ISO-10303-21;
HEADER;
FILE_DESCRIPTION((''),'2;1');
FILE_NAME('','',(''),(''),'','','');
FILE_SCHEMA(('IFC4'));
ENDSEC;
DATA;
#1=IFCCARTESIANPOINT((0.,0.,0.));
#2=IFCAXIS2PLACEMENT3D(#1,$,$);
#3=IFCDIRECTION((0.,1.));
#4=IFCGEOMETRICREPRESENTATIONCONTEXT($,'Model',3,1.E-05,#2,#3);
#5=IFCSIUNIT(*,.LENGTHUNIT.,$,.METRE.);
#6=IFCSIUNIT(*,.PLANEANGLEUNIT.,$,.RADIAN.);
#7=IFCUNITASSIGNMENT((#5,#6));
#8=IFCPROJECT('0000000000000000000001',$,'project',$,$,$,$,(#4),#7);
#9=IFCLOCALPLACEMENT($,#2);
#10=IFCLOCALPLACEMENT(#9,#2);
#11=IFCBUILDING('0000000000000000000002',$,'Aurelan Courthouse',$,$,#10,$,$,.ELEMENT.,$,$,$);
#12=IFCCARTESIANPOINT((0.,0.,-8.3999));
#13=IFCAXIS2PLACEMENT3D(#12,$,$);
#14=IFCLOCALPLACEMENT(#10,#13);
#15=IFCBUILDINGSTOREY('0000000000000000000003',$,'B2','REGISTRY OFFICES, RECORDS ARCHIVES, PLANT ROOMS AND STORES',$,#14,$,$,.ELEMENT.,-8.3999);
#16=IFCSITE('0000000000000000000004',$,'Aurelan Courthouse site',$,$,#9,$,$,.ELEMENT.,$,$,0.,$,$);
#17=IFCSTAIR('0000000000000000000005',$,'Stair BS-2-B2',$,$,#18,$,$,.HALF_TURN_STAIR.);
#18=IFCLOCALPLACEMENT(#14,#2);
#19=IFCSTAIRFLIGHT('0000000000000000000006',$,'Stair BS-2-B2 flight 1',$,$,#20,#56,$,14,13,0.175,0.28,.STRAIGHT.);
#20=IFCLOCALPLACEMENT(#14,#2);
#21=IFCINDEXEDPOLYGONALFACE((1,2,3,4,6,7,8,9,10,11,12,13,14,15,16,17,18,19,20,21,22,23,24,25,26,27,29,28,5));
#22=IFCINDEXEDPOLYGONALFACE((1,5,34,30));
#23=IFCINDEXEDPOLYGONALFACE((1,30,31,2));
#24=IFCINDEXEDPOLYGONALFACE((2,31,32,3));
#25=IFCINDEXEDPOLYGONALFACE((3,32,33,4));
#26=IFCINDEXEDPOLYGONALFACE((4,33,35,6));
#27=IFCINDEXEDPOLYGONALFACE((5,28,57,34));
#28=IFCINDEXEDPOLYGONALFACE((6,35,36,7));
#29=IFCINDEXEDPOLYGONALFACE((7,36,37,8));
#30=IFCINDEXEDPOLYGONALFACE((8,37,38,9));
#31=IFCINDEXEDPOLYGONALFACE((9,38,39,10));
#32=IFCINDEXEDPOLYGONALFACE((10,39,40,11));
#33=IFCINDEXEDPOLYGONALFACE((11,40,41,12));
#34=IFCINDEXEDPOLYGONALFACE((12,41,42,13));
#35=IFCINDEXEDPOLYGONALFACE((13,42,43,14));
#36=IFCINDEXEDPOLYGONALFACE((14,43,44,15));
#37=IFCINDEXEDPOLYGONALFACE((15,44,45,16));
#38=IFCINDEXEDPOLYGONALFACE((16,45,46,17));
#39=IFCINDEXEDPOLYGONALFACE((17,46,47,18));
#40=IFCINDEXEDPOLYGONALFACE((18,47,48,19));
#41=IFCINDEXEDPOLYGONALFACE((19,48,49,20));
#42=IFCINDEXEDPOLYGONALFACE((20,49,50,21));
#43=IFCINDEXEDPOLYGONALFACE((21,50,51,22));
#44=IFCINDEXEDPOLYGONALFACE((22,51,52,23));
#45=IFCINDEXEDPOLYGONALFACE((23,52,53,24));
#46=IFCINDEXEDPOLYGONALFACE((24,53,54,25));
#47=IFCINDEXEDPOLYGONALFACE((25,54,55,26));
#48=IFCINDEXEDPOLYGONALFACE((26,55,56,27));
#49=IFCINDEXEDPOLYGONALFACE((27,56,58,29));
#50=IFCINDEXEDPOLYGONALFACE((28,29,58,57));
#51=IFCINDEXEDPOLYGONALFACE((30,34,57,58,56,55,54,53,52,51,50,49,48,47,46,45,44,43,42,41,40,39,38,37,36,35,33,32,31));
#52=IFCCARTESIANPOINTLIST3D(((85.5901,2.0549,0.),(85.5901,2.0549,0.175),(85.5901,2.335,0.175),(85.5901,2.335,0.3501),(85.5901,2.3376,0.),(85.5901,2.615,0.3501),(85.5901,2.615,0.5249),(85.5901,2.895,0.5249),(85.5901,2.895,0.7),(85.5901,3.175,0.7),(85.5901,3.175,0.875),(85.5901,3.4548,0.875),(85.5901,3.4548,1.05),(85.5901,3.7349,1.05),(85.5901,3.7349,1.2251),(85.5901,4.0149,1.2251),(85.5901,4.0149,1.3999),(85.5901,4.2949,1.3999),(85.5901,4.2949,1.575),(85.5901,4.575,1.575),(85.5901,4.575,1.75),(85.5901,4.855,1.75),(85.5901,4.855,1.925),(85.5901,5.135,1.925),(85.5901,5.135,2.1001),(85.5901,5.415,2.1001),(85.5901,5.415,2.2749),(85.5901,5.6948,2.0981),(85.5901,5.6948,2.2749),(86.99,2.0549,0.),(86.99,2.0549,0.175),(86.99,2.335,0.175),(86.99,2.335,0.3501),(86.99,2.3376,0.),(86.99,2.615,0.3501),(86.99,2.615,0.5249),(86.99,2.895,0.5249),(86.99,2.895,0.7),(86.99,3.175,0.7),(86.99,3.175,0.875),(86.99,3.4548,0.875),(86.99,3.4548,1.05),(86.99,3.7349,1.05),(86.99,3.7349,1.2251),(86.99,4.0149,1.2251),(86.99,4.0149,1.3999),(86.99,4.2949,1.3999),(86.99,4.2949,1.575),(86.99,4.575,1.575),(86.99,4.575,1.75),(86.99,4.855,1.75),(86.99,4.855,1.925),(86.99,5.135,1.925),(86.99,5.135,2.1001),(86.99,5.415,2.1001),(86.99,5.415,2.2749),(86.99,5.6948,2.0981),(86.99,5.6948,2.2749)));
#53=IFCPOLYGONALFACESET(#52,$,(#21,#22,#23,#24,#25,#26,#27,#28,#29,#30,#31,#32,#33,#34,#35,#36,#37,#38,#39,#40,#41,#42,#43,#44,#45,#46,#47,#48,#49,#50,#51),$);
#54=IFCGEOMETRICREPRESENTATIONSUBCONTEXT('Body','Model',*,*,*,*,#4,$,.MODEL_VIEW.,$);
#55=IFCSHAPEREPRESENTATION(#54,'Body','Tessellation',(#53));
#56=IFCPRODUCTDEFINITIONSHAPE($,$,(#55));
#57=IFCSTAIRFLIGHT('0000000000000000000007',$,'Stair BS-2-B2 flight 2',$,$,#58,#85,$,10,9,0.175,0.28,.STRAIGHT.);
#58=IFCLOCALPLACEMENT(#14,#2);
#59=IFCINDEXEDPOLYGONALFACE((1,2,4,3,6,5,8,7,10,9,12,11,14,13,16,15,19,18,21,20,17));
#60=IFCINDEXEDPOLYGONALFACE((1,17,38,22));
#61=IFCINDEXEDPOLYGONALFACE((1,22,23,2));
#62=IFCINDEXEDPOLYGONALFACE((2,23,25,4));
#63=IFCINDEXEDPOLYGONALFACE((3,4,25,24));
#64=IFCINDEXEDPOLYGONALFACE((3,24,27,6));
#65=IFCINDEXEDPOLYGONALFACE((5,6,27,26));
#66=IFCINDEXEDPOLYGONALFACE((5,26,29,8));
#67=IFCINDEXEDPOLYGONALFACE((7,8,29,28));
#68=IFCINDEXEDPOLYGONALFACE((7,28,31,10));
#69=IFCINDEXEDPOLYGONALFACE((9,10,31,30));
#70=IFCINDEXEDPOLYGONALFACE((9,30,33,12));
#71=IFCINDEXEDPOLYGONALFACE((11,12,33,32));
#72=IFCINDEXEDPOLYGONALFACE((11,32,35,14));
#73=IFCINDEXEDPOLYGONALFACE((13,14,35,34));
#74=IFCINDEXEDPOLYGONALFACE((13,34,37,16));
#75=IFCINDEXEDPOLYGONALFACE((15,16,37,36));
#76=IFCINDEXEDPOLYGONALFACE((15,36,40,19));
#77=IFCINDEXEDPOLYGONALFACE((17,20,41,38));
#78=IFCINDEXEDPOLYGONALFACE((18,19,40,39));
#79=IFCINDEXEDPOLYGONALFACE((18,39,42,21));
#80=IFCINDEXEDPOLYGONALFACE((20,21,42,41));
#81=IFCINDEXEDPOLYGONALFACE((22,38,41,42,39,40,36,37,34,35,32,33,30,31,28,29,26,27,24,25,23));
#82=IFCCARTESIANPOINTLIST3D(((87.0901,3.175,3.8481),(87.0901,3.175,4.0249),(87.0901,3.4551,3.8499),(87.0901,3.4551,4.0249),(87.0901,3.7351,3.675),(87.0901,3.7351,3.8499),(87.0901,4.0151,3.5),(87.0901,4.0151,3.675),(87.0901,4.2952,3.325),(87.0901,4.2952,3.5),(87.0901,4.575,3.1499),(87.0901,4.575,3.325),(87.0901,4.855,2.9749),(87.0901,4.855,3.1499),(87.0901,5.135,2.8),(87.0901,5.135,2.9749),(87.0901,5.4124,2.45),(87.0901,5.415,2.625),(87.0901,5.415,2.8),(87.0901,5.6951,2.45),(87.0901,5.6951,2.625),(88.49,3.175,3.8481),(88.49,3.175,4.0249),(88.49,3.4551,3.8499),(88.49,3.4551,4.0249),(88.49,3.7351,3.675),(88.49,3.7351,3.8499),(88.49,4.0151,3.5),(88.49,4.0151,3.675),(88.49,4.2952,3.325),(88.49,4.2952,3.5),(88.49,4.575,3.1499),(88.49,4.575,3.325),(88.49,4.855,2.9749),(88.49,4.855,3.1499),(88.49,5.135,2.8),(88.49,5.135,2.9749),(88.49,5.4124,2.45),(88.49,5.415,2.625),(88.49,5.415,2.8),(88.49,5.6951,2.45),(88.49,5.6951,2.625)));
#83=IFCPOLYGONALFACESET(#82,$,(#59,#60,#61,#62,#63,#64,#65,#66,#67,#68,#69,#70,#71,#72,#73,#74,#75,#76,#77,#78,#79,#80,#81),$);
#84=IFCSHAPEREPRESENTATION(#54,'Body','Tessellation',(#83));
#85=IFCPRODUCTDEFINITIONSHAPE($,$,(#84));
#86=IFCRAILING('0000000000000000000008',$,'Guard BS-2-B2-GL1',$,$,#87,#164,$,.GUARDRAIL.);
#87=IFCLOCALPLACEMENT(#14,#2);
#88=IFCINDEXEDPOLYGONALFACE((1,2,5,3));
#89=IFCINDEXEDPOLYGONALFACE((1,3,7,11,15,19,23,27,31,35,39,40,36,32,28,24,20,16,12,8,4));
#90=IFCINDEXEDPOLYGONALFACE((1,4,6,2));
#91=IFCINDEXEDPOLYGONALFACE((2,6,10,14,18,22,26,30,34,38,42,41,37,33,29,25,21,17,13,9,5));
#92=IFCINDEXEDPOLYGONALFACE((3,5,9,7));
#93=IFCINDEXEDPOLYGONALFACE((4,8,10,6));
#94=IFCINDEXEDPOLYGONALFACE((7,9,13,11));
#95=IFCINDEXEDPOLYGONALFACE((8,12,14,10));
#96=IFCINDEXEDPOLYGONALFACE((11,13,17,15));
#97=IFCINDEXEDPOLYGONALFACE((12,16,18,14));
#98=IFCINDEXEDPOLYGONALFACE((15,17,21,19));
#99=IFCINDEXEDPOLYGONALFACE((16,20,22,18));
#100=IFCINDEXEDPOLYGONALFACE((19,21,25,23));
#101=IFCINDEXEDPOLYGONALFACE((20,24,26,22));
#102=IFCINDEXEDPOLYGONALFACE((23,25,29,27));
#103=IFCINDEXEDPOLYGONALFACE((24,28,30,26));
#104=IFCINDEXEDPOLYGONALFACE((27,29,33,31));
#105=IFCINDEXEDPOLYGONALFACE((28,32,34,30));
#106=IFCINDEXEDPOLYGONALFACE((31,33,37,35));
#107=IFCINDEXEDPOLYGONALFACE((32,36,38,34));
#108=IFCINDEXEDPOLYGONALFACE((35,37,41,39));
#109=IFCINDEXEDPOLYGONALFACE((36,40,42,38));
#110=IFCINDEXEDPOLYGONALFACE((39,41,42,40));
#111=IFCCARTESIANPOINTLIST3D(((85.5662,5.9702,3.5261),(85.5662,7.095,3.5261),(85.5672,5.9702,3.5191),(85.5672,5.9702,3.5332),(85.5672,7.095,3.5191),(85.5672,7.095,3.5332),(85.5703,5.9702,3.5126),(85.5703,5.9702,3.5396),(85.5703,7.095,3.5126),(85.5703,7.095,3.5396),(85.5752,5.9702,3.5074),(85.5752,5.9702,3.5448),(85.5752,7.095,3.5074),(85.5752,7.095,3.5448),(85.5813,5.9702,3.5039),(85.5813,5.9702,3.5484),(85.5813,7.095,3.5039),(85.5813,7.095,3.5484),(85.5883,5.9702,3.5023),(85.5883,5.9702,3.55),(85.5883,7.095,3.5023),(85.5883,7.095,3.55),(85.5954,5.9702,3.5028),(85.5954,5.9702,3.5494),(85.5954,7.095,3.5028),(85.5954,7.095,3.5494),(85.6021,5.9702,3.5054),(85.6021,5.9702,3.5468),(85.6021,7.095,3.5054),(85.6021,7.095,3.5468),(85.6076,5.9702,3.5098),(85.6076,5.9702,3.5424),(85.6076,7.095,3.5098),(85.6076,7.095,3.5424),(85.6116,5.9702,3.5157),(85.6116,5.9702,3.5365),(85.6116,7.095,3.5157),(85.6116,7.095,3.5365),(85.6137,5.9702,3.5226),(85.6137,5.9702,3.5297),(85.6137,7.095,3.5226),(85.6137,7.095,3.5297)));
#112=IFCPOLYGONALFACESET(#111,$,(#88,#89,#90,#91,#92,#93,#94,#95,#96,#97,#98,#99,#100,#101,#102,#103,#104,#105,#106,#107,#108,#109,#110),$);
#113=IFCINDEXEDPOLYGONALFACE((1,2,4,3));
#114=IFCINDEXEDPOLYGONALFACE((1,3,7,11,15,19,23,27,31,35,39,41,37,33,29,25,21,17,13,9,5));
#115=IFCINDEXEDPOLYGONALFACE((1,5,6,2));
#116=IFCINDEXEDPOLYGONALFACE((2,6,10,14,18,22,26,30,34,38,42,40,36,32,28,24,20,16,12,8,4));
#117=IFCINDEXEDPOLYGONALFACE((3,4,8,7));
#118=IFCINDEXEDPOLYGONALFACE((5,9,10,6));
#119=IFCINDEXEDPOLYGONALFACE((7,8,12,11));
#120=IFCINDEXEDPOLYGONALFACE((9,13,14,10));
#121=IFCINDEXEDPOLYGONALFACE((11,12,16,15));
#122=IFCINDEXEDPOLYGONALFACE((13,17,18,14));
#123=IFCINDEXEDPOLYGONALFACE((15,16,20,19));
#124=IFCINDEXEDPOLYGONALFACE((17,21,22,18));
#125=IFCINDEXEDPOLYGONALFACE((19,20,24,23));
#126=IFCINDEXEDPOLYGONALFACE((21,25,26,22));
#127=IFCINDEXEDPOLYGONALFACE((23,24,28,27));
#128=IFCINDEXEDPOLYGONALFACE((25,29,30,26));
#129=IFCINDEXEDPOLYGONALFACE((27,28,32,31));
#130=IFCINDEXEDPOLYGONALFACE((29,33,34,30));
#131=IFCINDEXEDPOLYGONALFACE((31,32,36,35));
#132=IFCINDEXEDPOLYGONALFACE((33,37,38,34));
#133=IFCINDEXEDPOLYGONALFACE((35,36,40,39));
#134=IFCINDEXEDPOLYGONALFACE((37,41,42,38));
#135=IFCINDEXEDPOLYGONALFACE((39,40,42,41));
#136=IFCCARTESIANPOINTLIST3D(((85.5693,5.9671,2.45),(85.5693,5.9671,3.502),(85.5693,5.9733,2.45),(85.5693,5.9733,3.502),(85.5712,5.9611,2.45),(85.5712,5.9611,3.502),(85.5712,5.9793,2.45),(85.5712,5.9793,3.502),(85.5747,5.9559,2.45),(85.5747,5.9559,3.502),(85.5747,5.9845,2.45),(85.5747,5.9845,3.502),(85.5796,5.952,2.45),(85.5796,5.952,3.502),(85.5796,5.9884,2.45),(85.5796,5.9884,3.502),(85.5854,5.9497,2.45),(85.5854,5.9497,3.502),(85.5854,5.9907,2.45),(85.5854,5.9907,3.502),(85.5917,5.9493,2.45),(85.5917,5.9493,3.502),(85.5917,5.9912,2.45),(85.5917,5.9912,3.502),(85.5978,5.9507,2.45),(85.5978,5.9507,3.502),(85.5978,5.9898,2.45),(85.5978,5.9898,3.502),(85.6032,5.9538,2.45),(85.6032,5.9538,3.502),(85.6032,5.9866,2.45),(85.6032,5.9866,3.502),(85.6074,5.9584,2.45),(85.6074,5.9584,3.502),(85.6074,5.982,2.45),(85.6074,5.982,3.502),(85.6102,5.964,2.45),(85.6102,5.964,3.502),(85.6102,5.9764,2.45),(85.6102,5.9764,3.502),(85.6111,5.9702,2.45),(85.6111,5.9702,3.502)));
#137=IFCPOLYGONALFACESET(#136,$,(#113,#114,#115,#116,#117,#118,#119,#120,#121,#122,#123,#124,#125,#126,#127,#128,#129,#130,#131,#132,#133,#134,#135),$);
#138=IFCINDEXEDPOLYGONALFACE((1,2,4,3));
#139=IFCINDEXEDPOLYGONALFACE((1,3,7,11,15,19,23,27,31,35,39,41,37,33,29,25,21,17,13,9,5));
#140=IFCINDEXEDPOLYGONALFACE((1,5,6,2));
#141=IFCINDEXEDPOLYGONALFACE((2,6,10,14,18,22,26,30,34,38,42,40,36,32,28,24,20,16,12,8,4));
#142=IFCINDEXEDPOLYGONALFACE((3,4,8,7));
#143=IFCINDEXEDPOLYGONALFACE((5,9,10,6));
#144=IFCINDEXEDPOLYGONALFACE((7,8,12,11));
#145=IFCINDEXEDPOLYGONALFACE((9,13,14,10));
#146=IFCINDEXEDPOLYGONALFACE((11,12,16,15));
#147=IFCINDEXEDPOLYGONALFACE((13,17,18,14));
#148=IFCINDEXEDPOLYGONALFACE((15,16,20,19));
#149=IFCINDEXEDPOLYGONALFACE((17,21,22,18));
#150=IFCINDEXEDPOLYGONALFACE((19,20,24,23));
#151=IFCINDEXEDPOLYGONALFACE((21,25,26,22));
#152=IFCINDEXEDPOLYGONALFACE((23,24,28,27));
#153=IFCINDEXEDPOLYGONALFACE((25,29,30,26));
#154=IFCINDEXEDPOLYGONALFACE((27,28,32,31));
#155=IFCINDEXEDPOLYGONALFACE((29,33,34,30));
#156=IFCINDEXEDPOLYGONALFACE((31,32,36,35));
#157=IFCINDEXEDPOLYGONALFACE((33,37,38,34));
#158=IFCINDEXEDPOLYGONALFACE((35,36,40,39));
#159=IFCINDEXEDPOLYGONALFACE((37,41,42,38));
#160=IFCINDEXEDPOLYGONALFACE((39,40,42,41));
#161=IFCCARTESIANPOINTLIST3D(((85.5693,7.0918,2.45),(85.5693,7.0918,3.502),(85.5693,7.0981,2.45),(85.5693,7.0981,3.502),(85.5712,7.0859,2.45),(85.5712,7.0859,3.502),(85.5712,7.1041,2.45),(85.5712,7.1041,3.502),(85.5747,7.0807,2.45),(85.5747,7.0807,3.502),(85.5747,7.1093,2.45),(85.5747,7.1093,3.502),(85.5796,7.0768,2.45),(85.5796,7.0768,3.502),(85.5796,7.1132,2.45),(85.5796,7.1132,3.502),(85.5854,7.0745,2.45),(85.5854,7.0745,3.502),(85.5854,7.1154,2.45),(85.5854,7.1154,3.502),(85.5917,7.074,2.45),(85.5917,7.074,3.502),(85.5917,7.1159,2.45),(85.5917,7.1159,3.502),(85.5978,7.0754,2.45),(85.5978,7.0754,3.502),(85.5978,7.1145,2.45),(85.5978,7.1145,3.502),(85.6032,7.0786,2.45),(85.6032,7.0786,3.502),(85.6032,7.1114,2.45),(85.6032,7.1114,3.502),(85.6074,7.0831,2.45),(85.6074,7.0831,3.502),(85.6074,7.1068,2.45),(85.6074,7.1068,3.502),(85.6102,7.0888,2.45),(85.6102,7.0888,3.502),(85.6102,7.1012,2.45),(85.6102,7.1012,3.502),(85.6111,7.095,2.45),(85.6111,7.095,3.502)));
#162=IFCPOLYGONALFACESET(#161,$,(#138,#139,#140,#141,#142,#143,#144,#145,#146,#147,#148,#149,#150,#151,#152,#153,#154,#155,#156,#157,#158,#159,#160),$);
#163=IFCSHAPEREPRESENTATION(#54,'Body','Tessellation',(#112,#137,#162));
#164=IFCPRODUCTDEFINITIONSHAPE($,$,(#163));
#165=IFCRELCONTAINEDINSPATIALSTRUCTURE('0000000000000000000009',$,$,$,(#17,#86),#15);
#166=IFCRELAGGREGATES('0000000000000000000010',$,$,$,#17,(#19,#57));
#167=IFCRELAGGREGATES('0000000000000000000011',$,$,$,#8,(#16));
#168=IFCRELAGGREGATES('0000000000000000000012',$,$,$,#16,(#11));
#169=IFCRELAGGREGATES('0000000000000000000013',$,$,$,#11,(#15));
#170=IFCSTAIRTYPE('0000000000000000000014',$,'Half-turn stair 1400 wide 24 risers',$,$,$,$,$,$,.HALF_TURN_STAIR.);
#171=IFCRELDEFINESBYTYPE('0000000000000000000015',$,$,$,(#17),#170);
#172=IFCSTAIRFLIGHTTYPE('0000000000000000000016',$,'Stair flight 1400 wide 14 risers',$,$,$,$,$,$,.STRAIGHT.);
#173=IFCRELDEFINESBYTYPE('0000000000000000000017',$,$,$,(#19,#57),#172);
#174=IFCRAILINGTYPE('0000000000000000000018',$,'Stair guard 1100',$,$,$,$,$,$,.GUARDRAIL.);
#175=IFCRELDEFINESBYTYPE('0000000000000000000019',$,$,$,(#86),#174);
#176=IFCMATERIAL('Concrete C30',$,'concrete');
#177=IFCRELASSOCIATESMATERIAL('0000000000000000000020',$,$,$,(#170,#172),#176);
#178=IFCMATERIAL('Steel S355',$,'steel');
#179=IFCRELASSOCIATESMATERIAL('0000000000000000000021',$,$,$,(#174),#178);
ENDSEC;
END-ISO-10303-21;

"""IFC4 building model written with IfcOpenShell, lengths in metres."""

from ifc_helpers import new_model, si_unit, direction, frame, origin, origin_2d, place, context, subcontext, project, spatial, polyline, circle, outline, extrude, material, type_object, element, aggregate, save


model = new_model("IFC4")

# Units and contexts
model_context = context("Model", 3, precision=1e-05, world=origin(), true_north=direction((0.0, 1.0)))
body_context = subcontext(model_context, "Body", "Model", "MODEL_VIEW")
ifc_project = project(units=[si_unit("LENGTHUNIT", "METRE"), si_unit("PLANEANGLEUNIT", "RADIAN")], contexts=[model_context])

# Site, building, storey
site_placement = place(None, origin())
site = spatial("IfcSite", under=ifc_project, at=site_placement, Name="Aurelan Courthouse site", CompositionType="ELEMENT", RefElevation=0.0)
building_placement = place(site_placement, origin())
building = spatial("IfcBuilding", under=site, at=building_placement, Name="Aurelan Courthouse", CompositionType="ELEMENT")
storey_placement = place(building_placement, frame((0.0, 0.0, -8.3999)))
storey = spatial("IfcBuildingStorey", under=building, at=storey_placement, Name="B2", Description="REGISTRY OFFICES, RECORDS ARCHIVES, PLANT ROOMS AND STORES", CompositionType="ELEMENT", Elevation=-8.3999)

# Shared definitions
ifc_material_1 = material(Name="Concrete C30", Category="concrete")

# Stair, stair flights
stair_type = type_object("IfcStairType", Name="Half-turn stair 1400 wide 24 risers", PredefinedType="HALF_TURN_STAIR", material=ifc_material_1)
stair_placement = place(storey_placement, origin())
stair = element("IfcStair", 1, at=stair_placement, inside=storey, type_object=stair_type, Name="Stair BS-2-B2", PredefinedType="HALF_TURN_STAIR")
stair_flight_type = type_object("IfcStairFlightType", Name="Stair flight 1400 wide 14 risers", PredefinedType="STRAIGHT", material=ifc_material_1)
stair_flight_1_placement = place(storey_placement, frame((86.29, 2.0549, 0.0), z_axis=(0.0, 0.0, 1.0), x_axis=(0.0, 1.0, 0.0)))
stair_flight_1 = element("IfcStairFlight", 2, at=stair_flight_1_placement, type_object=stair_flight_type, Name="Stair BS-2-B2 flight 1", NumberOfRisers=14, NumberOfTreads=13, PredefinedType="STRAIGHT", RiserHeight=0.175, TreadLength=0.28, context=body_context, shape_type="SweptSolid", body=[
    extrude(outline(polyline([(0.0, 0.0), (0.0, 0.175), (0.28, 0.175), (0.28, 0.3501), (0.5601, 0.3501), (0.5601, 0.5249), (0.8401, 0.5249), (0.8401, 0.7), (1.1201, 0.7), (1.1201, 0.875), (1.3999, 0.875), (1.3999, 1.05), (1.6799, 1.05), (1.6799, 1.2251), (1.96, 1.2251), (1.96, 1.3999), (2.24, 1.3999), (2.24, 1.575), (2.52, 1.575), (2.52, 1.75), (2.8, 1.75), (2.8, 1.925), (3.0801, 1.925), (3.0801, 2.1001), (3.3601, 2.1001), (3.3601, 2.2749), (3.6399, 2.2749), (3.6399, 2.45), (3.6399, 2.0981), (0.2827, 0.0), (0.0, 0.0)])), frame((0.0, 0.7, 0.0), z_axis=(0.0, -1.0, 0.0), x_axis=(1.0, 0.0, 0.0)), (0.0, 0.0, 1.0), 1.3999),
])
stair_flight_2_placement = place(storey_placement, frame((87.79, 5.6951, 2.45), z_axis=(0.0, 0.0, 1.0), x_axis=(0.0, -1.0, 0.0)))
stair_flight_2 = element("IfcStairFlight", 3, at=stair_flight_2_placement, type_object=stair_flight_type, Name="Stair BS-2-B2 flight 2", NumberOfRisers=10, NumberOfTreads=9, PredefinedType="STRAIGHT", RiserHeight=0.175, TreadLength=0.28, context=body_context, shape_type="SweptSolid", body=[
    extrude(outline(polyline([(0.0, 0.0), (0.0, 0.175), (0.28, 0.175), (0.28, 0.3501), (0.5601, 0.3501), (0.5601, 0.5249), (0.8401, 0.5249), (0.8401, 0.7), (1.1201, 0.7), (1.1201, 0.875), (1.3999, 0.875), (1.3999, 1.05), (1.6799, 1.05), (1.6799, 1.2251), (1.96, 1.2251), (1.96, 1.3999), (2.24, 1.3999), (2.24, 1.575), (2.52, 1.575), (2.52, 1.75), (2.52, 1.3982), (0.2827, 0.0), (0.0, 0.0)])), frame((0.0, 0.7, 0.0), z_axis=(0.0, -1.0, 0.0), x_axis=(1.0, 0.0, 0.0)), (0.0, 0.0, 1.0), 1.3999),
])
aggregate(stair, [stair_flight_1, stair_flight_2])

# Railing
ifc_material_2 = material(Name="Steel S355", Category="steel")
railing_type_1 = type_object("IfcRailingType", Name="Stair guard 1100", PredefinedType="GUARDRAIL", material=ifc_material_2)
railing_1_placement = place(storey_placement, frame((85.5901, 5.9702, 2.45)))
element("IfcRailing", 4, at=railing_1_placement, inside=storey, type_object=railing_type_1, Name="Guard BS-2-B2-GL1", PredefinedType="GUARDRAIL", context=body_context, shape_type="SweptSolid", body=[
    extrude(circle(Radius=0.0239, at=origin_2d()), frame((0.0, 0.0, 1.0762), z_axis=(0.0, 1.0, 0.0), x_axis=(-1.0, 0.0, 0.0)), (0.0, 0.0, 1.0), 1.1248),
    extrude(circle(Radius=0.021, at=origin_2d()), origin(), (0.0, 0.0, 1.0), 1.052),
    extrude(circle(Radius=0.021, at=origin_2d()), frame((0.0, 1.1248, 0.0)), (0.0, 0.0, 1.0), 1.052),
])

save(model, "model.ifc")
